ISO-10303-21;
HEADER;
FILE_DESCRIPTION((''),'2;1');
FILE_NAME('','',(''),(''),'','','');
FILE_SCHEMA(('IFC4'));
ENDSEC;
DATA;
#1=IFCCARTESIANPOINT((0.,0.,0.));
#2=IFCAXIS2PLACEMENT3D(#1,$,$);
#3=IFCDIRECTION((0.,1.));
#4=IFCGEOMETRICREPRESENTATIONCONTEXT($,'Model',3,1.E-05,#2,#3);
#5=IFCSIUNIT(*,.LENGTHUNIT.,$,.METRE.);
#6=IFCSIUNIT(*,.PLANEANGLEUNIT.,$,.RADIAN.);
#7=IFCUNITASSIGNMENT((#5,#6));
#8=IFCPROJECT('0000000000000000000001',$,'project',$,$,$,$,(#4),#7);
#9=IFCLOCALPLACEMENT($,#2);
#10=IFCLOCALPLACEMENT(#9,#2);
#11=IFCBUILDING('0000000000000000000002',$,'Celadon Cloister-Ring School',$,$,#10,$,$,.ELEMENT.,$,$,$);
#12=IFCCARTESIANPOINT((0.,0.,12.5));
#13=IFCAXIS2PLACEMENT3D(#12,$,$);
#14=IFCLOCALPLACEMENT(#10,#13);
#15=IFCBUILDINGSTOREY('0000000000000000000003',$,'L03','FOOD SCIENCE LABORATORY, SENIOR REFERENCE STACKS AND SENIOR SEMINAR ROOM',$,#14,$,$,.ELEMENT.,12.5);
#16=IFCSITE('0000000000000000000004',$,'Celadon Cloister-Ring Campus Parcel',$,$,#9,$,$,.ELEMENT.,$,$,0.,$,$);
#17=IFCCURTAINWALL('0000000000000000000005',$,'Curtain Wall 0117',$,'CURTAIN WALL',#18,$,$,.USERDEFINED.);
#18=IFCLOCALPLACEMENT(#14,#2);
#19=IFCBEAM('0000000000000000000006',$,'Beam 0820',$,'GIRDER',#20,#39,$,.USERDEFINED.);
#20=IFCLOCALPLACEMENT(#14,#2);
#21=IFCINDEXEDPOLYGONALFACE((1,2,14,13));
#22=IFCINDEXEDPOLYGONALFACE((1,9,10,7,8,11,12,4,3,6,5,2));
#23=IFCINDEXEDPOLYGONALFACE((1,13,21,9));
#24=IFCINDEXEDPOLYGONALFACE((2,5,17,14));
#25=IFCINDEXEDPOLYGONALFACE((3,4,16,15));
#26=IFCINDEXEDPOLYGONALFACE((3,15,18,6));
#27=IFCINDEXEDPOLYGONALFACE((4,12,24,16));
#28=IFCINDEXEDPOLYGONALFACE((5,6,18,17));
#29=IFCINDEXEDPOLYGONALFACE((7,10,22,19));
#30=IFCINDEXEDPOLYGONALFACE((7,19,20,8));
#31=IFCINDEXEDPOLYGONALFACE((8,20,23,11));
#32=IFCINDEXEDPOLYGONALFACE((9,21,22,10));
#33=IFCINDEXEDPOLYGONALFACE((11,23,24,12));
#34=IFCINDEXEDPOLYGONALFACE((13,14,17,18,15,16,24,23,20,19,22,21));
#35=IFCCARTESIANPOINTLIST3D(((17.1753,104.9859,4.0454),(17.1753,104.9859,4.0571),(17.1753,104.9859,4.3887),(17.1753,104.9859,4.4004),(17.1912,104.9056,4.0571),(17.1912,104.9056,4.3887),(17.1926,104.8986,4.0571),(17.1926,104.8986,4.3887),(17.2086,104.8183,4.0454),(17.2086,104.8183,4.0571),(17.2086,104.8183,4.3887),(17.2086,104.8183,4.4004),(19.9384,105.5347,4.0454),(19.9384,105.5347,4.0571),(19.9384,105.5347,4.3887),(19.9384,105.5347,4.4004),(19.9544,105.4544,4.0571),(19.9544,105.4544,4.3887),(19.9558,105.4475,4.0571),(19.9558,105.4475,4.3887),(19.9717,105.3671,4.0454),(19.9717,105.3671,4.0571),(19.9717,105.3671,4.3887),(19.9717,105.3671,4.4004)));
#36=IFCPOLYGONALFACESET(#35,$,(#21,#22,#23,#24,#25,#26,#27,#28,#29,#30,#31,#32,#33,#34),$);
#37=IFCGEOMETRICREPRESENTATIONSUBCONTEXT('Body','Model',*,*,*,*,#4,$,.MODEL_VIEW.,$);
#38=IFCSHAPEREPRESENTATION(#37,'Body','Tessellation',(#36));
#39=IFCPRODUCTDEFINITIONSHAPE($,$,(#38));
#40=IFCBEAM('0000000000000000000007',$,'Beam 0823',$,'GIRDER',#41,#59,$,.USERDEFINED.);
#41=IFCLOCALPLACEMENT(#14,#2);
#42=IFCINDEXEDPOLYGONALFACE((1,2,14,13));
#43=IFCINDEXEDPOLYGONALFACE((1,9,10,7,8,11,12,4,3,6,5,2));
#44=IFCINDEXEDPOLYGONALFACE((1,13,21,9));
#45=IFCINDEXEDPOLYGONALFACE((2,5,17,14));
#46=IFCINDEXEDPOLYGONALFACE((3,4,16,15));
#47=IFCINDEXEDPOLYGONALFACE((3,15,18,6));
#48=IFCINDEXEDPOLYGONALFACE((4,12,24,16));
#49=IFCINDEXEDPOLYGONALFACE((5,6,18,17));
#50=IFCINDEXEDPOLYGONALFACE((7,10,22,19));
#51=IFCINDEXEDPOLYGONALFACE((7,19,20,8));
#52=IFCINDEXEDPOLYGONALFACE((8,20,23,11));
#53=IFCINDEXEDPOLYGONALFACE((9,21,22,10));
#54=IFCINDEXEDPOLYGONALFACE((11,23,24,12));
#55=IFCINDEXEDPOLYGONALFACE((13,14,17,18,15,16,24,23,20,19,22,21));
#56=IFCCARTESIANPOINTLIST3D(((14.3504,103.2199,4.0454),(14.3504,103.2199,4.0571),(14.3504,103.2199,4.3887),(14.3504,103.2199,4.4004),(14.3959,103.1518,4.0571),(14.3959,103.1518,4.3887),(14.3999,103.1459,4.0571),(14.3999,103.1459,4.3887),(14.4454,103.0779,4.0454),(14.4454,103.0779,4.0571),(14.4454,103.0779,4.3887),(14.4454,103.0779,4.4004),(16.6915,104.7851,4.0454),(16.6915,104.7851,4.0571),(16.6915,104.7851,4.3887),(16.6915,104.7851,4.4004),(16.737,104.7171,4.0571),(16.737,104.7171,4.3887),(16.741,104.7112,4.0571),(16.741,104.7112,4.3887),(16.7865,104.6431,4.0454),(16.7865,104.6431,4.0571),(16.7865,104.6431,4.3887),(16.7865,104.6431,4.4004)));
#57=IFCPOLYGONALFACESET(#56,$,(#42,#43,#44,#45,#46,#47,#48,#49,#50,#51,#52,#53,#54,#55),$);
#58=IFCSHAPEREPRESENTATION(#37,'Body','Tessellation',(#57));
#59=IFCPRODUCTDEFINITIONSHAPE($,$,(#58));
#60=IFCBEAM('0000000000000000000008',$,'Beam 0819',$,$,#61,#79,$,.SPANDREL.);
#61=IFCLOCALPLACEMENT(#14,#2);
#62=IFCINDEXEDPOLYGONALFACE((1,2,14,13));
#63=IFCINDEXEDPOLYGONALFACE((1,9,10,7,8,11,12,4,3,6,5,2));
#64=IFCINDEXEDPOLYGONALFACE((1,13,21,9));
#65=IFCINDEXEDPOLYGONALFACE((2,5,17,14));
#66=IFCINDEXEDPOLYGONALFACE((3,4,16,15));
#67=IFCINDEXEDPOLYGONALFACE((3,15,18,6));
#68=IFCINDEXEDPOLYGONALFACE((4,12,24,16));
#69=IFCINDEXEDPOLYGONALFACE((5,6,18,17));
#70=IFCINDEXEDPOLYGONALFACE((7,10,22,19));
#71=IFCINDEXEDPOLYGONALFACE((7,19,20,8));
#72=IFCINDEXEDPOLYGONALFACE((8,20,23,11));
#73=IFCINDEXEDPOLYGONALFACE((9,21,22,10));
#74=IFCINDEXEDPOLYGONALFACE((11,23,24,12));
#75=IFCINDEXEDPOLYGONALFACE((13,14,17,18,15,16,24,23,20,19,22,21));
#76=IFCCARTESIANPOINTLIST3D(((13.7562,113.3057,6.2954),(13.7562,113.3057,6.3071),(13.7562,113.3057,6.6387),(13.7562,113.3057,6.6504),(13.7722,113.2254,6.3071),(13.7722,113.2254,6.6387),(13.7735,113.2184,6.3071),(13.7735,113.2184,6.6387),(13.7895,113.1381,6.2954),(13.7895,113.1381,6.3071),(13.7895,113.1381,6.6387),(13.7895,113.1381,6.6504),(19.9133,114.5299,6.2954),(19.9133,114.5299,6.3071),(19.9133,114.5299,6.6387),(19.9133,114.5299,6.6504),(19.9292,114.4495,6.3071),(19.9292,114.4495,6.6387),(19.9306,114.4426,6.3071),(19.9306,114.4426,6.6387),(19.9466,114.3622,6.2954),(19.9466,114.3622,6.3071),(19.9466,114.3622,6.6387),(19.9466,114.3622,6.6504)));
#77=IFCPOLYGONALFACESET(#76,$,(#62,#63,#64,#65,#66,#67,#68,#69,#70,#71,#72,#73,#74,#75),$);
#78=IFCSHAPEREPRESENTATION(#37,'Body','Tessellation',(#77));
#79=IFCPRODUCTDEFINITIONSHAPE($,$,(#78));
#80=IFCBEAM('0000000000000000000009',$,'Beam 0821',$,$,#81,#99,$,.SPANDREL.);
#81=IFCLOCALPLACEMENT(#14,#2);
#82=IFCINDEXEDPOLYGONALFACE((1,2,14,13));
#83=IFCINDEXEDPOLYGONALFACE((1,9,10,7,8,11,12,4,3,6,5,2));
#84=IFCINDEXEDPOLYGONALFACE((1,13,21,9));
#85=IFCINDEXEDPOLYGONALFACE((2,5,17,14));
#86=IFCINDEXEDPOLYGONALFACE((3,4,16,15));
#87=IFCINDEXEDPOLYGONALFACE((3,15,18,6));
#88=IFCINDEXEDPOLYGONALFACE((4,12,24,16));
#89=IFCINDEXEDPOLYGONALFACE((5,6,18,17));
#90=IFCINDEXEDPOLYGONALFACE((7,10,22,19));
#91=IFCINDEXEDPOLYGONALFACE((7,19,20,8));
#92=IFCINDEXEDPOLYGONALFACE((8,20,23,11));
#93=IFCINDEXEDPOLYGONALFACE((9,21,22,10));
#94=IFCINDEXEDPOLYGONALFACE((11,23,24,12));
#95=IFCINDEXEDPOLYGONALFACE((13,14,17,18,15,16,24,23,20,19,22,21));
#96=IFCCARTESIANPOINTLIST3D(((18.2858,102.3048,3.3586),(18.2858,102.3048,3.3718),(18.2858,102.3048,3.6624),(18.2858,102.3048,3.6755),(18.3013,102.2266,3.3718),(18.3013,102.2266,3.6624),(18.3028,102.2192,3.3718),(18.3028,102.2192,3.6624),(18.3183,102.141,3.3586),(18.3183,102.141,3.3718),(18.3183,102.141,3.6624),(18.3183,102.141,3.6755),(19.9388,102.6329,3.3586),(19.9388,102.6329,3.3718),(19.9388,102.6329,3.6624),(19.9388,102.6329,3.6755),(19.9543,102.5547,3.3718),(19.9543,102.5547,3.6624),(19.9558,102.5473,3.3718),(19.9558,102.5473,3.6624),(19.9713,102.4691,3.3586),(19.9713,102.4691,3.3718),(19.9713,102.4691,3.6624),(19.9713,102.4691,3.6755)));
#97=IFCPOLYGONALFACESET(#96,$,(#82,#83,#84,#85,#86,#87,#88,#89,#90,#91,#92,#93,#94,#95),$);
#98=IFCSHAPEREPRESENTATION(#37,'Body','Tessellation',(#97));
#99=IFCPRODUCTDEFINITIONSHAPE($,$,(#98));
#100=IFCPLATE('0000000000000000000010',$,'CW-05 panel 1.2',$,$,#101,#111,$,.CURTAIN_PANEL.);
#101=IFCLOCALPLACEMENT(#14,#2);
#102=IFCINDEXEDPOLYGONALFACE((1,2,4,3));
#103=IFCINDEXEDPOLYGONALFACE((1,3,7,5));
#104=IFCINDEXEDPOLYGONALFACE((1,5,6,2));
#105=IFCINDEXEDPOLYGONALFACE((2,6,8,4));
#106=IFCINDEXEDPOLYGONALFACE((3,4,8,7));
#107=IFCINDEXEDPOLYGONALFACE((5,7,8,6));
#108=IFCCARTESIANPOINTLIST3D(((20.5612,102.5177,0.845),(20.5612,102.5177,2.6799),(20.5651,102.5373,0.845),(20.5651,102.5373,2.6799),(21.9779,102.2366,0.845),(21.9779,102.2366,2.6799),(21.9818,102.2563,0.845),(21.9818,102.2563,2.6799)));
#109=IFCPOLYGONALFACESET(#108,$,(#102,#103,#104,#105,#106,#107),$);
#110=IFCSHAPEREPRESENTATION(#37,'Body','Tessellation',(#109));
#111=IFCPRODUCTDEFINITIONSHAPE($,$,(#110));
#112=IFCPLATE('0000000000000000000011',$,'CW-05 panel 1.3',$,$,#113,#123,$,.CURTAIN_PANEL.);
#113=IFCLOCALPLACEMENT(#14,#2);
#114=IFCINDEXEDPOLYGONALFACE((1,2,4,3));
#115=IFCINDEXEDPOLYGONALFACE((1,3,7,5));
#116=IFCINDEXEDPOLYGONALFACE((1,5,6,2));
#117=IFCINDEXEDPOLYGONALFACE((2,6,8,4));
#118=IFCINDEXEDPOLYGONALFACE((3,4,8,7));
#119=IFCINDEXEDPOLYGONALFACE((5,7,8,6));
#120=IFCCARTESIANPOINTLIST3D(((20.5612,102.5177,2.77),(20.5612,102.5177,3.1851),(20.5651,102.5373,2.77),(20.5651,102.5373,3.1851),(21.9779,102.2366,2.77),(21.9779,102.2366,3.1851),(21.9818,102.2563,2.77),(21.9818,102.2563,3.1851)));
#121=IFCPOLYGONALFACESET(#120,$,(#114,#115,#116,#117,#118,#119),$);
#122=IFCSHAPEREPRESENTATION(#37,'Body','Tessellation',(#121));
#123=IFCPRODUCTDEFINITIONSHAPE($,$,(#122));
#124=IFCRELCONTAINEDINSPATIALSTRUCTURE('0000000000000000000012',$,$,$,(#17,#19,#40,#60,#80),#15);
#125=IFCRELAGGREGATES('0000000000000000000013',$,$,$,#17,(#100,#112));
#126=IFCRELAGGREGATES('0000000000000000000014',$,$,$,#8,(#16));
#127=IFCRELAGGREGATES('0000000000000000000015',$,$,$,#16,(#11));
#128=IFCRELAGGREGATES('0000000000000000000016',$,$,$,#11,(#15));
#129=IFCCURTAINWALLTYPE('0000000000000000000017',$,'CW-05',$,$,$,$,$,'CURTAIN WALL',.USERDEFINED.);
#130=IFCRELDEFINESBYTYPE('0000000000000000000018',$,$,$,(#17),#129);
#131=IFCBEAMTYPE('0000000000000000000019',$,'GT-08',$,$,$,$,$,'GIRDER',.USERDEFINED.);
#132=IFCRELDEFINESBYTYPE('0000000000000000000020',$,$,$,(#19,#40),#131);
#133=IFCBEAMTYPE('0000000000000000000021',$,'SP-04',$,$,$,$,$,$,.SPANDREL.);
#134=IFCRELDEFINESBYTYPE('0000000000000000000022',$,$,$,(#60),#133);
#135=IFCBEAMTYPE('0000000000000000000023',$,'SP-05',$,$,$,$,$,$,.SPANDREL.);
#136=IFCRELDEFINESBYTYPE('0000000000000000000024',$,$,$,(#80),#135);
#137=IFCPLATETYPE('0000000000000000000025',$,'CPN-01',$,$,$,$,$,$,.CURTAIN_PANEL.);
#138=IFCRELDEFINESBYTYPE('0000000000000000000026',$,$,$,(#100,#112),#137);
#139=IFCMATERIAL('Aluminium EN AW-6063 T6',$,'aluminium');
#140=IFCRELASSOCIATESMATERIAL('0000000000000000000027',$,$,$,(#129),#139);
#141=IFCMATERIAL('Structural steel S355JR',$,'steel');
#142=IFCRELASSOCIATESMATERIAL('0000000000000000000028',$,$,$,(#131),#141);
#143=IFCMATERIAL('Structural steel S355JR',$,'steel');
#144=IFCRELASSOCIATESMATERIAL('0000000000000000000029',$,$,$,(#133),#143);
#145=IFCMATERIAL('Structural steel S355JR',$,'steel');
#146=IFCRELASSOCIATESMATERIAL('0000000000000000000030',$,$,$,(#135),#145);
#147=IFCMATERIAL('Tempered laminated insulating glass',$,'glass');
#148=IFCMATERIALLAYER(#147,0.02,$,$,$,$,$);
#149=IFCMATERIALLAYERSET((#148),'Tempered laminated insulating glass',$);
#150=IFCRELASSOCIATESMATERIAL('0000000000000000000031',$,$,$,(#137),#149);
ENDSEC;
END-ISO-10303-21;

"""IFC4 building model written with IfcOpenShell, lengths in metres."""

from ifc_helpers import new_model, si_unit, direction, frame, origin, origin_2d, place, context, subcontext, project, spatial, rectangle, i_section, extrude, material, layer, layer_set, material_profile, profile_set, type_object, element, aggregate, save


model = new_model("IFC4")

# Units and contexts
model_context = context("Model", 3, precision=1e-05, world=origin(), true_north=direction((0.0, 1.0)))
body_context = subcontext(model_context, "Body", "Model", "MODEL_VIEW")
ifc_project = project(units=[si_unit("LENGTHUNIT", "METRE"), si_unit("PLANEANGLEUNIT", "RADIAN")], contexts=[model_context])

# Site, building, storey
site_placement = place(None, origin())
site = spatial("IfcSite", under=ifc_project, at=site_placement, Name="Celadon Cloister-Ring Campus Parcel", CompositionType="ELEMENT", RefElevation=0.0)
building_placement = place(site_placement, origin())
building = spatial("IfcBuilding", under=site, at=building_placement, Name="Celadon Cloister-Ring School", CompositionType="ELEMENT")
storey_placement = place(building_placement, frame((0.0, 0.0, 12.5)))
storey = spatial("IfcBuildingStorey", under=building, at=storey_placement, Name="L03", Description="FOOD SCIENCE LABORATORY, SENIOR REFERENCE STACKS AND SENIOR SEMINAR ROOM", CompositionType="ELEMENT", Elevation=12.5)

# Curtain wall
ifc_material_1 = material(Name="Aluminium EN AW-6063 T6", Category="aluminium")
curtain_wall_type = type_object("IfcCurtainWallType", Name="CW-05", ElementType="CURTAIN WALL", PredefinedType="USERDEFINED", material=ifc_material_1)
curtain_wall_1_placement = place(storey_placement, origin())
curtain_wall_1 = element("IfcCurtainWall", 1, at=curtain_wall_1_placement, inside=storey, type_object=curtain_wall_type, Name="Curtain Wall 0117", ObjectType="CURTAIN WALL", PredefinedType="USERDEFINED")

# Beams
ifc_material_2 = material(Name="Structural steel S355JR", Category="steel")
ifc_material_profile_1 = material_profile(ifc_material_2, i_section(OverallWidth=0.1709, OverallDepth=0.355, WebThickness=0.0071, FlangeThickness=0.0117, at=origin_2d()), Name="W360X51")
ifc_profile_set_1 = profile_set([ifc_material_profile_1], Name="Structural steel S355JR")
beam_type_1 = type_object("IfcBeamType", Name="GT-08", ElementType="GIRDER", PredefinedType="USERDEFINED", material=ifc_profile_set_1)
beam_1_placement = place(storey_placement, frame((19.9551, 105.4509, 4.2229), z_axis=(-0.98084, -0.194816, 0.0), x_axis=(0.194816, -0.98084, 0.0)))
element("IfcBeam", 2, at=beam_1_placement, inside=storey, type_object=beam_type_1, Name="Beam 0820", ObjectType="GIRDER", PredefinedType="USERDEFINED", context=body_context, shape_type="SweptSolid", body=[
    extrude(i_section(OverallWidth=0.1709, OverallDepth=0.355, WebThickness=0.0071, FlangeThickness=0.0117, at=origin_2d()), origin(), (0.0, 0.0, 1.0), 2.8171),
])
beam_2_placement = place(storey_placement, frame((16.739, 104.7141, 4.2229), z_axis=(-0.831316, -0.5558, 0.0), x_axis=(0.5558, -0.831316, 0.0)))
element("IfcBeam", 3, at=beam_2_placement, inside=storey, type_object=beam_type_1, Name="Beam 0823", ObjectType="GIRDER", PredefinedType="USERDEFINED", context=body_context, shape_type="SweptSolid", body=[
    extrude(i_section(OverallWidth=0.1709, OverallDepth=0.355, WebThickness=0.0071, FlangeThickness=0.0117, at=origin_2d()), origin(), (0.0, 0.0, 1.0), 2.8162),
])
ifc_material_3 = material(Name="Structural steel S355JR", Category="steel")
ifc_material_profile_2 = material_profile(ifc_material_3, i_section(OverallWidth=0.1709, OverallDepth=0.355, WebThickness=0.0071, FlangeThickness=0.0117, at=origin_2d()), Name="W360X51")
ifc_profile_set_2 = profile_set([ifc_material_profile_2], Name="Structural steel S355JR")
beam_type_2 = type_object("IfcBeamType", Name="SP-04", PredefinedType="SPANDREL", material=ifc_profile_set_2)
beam_3_placement = place(storey_placement, frame((19.9299, 114.446, 6.4729), z_axis=(-0.980803, -0.195002, 0.0), x_axis=(0.195002, -0.980803, 0.0)))
element("IfcBeam", 4, at=beam_3_placement, inside=storey, type_object=beam_type_2, Name="Beam 0819", PredefinedType="SPANDREL", context=body_context, shape_type="SweptSolid", body=[
    extrude(i_section(OverallWidth=0.1709, OverallDepth=0.355, WebThickness=0.0071, FlangeThickness=0.0117, at=origin_2d()), origin(), (0.0, 0.0, 1.0), 6.2776),
])
ifc_material_4 = material(Name="Structural steel S355JR", Category="steel")
ifc_material_profile_3 = material_profile(ifc_material_4, i_section(OverallWidth=0.167, OverallDepth=0.3169, WebThickness=0.0076, FlangeThickness=0.0132, at=origin_2d()), Name="W310X52")
ifc_profile_set_3 = profile_set([ifc_material_profile_3], Name="Structural steel S355JR")
beam_type_3 = type_object("IfcBeamType", Name="SP-05", PredefinedType="SPANDREL", material=ifc_profile_set_3)
beam_4_placement = place(storey_placement, frame((19.9551, 102.551, 3.5171), z_axis=(-0.980864, -0.194695, 0.0), x_axis=(0.194695, -0.980864, 0.0)))
element("IfcBeam", 5, at=beam_4_placement, inside=storey, type_object=beam_type_3, Name="Beam 0821", PredefinedType="SPANDREL", context=body_context, shape_type="SweptSolid", body=[
    extrude(i_section(OverallWidth=0.167, OverallDepth=0.3169, WebThickness=0.0076, FlangeThickness=0.0132, at=origin_2d()), origin(), (0.0, 0.0, 1.0), 1.6853),
])

# Plates
ifc_material_5 = material(Name="Tempered laminated insulating glass", Category="glass")
ifc_layer_1 = layer(ifc_material_5, 0.02)
ifc_layer_set_1 = layer_set([ifc_layer_1], Name="Tempered laminated insulating glass")
plate_type = type_object("IfcPlateType", Name="CPN-01", PredefinedType="CURTAIN_PANEL", material=ifc_layer_set_1)
plate_1_placement = place(storey_placement, frame((21.2715, 102.387, 0.845), z_axis=(0.0, 0.0, 1.0), x_axis=(-0.980885, 0.194586, 0.0)))
plate_1 = element("IfcPlate", 6, at=plate_1_placement, type_object=plate_type, Name="CW-05 panel 1.2", PredefinedType="CURTAIN_PANEL", context=body_context, shape_type="SweptSolid", body=[
    extrude(rectangle(XDim=1.4443, YDim=0.02, at=origin_2d()), origin(), (0.0, 0.0, 1.0), 1.835),
])
plate_2_placement = place(storey_placement, frame((21.2715, 102.387, 2.77), z_axis=(0.0, 0.0, 1.0), x_axis=(-0.980885, 0.194586, 0.0)))
plate_2 = element("IfcPlate", 7, at=plate_2_placement, type_object=plate_type, Name="CW-05 panel 1.3", PredefinedType="CURTAIN_PANEL", context=body_context, shape_type="SweptSolid", body=[
    extrude(rectangle(XDim=1.4443, YDim=0.02, at=origin_2d()), origin(), (0.0, 0.0, 1.0), 0.415),
])
aggregate(curtain_wall_1, [plate_1, plate_2])

save(model, "model.ifc")
